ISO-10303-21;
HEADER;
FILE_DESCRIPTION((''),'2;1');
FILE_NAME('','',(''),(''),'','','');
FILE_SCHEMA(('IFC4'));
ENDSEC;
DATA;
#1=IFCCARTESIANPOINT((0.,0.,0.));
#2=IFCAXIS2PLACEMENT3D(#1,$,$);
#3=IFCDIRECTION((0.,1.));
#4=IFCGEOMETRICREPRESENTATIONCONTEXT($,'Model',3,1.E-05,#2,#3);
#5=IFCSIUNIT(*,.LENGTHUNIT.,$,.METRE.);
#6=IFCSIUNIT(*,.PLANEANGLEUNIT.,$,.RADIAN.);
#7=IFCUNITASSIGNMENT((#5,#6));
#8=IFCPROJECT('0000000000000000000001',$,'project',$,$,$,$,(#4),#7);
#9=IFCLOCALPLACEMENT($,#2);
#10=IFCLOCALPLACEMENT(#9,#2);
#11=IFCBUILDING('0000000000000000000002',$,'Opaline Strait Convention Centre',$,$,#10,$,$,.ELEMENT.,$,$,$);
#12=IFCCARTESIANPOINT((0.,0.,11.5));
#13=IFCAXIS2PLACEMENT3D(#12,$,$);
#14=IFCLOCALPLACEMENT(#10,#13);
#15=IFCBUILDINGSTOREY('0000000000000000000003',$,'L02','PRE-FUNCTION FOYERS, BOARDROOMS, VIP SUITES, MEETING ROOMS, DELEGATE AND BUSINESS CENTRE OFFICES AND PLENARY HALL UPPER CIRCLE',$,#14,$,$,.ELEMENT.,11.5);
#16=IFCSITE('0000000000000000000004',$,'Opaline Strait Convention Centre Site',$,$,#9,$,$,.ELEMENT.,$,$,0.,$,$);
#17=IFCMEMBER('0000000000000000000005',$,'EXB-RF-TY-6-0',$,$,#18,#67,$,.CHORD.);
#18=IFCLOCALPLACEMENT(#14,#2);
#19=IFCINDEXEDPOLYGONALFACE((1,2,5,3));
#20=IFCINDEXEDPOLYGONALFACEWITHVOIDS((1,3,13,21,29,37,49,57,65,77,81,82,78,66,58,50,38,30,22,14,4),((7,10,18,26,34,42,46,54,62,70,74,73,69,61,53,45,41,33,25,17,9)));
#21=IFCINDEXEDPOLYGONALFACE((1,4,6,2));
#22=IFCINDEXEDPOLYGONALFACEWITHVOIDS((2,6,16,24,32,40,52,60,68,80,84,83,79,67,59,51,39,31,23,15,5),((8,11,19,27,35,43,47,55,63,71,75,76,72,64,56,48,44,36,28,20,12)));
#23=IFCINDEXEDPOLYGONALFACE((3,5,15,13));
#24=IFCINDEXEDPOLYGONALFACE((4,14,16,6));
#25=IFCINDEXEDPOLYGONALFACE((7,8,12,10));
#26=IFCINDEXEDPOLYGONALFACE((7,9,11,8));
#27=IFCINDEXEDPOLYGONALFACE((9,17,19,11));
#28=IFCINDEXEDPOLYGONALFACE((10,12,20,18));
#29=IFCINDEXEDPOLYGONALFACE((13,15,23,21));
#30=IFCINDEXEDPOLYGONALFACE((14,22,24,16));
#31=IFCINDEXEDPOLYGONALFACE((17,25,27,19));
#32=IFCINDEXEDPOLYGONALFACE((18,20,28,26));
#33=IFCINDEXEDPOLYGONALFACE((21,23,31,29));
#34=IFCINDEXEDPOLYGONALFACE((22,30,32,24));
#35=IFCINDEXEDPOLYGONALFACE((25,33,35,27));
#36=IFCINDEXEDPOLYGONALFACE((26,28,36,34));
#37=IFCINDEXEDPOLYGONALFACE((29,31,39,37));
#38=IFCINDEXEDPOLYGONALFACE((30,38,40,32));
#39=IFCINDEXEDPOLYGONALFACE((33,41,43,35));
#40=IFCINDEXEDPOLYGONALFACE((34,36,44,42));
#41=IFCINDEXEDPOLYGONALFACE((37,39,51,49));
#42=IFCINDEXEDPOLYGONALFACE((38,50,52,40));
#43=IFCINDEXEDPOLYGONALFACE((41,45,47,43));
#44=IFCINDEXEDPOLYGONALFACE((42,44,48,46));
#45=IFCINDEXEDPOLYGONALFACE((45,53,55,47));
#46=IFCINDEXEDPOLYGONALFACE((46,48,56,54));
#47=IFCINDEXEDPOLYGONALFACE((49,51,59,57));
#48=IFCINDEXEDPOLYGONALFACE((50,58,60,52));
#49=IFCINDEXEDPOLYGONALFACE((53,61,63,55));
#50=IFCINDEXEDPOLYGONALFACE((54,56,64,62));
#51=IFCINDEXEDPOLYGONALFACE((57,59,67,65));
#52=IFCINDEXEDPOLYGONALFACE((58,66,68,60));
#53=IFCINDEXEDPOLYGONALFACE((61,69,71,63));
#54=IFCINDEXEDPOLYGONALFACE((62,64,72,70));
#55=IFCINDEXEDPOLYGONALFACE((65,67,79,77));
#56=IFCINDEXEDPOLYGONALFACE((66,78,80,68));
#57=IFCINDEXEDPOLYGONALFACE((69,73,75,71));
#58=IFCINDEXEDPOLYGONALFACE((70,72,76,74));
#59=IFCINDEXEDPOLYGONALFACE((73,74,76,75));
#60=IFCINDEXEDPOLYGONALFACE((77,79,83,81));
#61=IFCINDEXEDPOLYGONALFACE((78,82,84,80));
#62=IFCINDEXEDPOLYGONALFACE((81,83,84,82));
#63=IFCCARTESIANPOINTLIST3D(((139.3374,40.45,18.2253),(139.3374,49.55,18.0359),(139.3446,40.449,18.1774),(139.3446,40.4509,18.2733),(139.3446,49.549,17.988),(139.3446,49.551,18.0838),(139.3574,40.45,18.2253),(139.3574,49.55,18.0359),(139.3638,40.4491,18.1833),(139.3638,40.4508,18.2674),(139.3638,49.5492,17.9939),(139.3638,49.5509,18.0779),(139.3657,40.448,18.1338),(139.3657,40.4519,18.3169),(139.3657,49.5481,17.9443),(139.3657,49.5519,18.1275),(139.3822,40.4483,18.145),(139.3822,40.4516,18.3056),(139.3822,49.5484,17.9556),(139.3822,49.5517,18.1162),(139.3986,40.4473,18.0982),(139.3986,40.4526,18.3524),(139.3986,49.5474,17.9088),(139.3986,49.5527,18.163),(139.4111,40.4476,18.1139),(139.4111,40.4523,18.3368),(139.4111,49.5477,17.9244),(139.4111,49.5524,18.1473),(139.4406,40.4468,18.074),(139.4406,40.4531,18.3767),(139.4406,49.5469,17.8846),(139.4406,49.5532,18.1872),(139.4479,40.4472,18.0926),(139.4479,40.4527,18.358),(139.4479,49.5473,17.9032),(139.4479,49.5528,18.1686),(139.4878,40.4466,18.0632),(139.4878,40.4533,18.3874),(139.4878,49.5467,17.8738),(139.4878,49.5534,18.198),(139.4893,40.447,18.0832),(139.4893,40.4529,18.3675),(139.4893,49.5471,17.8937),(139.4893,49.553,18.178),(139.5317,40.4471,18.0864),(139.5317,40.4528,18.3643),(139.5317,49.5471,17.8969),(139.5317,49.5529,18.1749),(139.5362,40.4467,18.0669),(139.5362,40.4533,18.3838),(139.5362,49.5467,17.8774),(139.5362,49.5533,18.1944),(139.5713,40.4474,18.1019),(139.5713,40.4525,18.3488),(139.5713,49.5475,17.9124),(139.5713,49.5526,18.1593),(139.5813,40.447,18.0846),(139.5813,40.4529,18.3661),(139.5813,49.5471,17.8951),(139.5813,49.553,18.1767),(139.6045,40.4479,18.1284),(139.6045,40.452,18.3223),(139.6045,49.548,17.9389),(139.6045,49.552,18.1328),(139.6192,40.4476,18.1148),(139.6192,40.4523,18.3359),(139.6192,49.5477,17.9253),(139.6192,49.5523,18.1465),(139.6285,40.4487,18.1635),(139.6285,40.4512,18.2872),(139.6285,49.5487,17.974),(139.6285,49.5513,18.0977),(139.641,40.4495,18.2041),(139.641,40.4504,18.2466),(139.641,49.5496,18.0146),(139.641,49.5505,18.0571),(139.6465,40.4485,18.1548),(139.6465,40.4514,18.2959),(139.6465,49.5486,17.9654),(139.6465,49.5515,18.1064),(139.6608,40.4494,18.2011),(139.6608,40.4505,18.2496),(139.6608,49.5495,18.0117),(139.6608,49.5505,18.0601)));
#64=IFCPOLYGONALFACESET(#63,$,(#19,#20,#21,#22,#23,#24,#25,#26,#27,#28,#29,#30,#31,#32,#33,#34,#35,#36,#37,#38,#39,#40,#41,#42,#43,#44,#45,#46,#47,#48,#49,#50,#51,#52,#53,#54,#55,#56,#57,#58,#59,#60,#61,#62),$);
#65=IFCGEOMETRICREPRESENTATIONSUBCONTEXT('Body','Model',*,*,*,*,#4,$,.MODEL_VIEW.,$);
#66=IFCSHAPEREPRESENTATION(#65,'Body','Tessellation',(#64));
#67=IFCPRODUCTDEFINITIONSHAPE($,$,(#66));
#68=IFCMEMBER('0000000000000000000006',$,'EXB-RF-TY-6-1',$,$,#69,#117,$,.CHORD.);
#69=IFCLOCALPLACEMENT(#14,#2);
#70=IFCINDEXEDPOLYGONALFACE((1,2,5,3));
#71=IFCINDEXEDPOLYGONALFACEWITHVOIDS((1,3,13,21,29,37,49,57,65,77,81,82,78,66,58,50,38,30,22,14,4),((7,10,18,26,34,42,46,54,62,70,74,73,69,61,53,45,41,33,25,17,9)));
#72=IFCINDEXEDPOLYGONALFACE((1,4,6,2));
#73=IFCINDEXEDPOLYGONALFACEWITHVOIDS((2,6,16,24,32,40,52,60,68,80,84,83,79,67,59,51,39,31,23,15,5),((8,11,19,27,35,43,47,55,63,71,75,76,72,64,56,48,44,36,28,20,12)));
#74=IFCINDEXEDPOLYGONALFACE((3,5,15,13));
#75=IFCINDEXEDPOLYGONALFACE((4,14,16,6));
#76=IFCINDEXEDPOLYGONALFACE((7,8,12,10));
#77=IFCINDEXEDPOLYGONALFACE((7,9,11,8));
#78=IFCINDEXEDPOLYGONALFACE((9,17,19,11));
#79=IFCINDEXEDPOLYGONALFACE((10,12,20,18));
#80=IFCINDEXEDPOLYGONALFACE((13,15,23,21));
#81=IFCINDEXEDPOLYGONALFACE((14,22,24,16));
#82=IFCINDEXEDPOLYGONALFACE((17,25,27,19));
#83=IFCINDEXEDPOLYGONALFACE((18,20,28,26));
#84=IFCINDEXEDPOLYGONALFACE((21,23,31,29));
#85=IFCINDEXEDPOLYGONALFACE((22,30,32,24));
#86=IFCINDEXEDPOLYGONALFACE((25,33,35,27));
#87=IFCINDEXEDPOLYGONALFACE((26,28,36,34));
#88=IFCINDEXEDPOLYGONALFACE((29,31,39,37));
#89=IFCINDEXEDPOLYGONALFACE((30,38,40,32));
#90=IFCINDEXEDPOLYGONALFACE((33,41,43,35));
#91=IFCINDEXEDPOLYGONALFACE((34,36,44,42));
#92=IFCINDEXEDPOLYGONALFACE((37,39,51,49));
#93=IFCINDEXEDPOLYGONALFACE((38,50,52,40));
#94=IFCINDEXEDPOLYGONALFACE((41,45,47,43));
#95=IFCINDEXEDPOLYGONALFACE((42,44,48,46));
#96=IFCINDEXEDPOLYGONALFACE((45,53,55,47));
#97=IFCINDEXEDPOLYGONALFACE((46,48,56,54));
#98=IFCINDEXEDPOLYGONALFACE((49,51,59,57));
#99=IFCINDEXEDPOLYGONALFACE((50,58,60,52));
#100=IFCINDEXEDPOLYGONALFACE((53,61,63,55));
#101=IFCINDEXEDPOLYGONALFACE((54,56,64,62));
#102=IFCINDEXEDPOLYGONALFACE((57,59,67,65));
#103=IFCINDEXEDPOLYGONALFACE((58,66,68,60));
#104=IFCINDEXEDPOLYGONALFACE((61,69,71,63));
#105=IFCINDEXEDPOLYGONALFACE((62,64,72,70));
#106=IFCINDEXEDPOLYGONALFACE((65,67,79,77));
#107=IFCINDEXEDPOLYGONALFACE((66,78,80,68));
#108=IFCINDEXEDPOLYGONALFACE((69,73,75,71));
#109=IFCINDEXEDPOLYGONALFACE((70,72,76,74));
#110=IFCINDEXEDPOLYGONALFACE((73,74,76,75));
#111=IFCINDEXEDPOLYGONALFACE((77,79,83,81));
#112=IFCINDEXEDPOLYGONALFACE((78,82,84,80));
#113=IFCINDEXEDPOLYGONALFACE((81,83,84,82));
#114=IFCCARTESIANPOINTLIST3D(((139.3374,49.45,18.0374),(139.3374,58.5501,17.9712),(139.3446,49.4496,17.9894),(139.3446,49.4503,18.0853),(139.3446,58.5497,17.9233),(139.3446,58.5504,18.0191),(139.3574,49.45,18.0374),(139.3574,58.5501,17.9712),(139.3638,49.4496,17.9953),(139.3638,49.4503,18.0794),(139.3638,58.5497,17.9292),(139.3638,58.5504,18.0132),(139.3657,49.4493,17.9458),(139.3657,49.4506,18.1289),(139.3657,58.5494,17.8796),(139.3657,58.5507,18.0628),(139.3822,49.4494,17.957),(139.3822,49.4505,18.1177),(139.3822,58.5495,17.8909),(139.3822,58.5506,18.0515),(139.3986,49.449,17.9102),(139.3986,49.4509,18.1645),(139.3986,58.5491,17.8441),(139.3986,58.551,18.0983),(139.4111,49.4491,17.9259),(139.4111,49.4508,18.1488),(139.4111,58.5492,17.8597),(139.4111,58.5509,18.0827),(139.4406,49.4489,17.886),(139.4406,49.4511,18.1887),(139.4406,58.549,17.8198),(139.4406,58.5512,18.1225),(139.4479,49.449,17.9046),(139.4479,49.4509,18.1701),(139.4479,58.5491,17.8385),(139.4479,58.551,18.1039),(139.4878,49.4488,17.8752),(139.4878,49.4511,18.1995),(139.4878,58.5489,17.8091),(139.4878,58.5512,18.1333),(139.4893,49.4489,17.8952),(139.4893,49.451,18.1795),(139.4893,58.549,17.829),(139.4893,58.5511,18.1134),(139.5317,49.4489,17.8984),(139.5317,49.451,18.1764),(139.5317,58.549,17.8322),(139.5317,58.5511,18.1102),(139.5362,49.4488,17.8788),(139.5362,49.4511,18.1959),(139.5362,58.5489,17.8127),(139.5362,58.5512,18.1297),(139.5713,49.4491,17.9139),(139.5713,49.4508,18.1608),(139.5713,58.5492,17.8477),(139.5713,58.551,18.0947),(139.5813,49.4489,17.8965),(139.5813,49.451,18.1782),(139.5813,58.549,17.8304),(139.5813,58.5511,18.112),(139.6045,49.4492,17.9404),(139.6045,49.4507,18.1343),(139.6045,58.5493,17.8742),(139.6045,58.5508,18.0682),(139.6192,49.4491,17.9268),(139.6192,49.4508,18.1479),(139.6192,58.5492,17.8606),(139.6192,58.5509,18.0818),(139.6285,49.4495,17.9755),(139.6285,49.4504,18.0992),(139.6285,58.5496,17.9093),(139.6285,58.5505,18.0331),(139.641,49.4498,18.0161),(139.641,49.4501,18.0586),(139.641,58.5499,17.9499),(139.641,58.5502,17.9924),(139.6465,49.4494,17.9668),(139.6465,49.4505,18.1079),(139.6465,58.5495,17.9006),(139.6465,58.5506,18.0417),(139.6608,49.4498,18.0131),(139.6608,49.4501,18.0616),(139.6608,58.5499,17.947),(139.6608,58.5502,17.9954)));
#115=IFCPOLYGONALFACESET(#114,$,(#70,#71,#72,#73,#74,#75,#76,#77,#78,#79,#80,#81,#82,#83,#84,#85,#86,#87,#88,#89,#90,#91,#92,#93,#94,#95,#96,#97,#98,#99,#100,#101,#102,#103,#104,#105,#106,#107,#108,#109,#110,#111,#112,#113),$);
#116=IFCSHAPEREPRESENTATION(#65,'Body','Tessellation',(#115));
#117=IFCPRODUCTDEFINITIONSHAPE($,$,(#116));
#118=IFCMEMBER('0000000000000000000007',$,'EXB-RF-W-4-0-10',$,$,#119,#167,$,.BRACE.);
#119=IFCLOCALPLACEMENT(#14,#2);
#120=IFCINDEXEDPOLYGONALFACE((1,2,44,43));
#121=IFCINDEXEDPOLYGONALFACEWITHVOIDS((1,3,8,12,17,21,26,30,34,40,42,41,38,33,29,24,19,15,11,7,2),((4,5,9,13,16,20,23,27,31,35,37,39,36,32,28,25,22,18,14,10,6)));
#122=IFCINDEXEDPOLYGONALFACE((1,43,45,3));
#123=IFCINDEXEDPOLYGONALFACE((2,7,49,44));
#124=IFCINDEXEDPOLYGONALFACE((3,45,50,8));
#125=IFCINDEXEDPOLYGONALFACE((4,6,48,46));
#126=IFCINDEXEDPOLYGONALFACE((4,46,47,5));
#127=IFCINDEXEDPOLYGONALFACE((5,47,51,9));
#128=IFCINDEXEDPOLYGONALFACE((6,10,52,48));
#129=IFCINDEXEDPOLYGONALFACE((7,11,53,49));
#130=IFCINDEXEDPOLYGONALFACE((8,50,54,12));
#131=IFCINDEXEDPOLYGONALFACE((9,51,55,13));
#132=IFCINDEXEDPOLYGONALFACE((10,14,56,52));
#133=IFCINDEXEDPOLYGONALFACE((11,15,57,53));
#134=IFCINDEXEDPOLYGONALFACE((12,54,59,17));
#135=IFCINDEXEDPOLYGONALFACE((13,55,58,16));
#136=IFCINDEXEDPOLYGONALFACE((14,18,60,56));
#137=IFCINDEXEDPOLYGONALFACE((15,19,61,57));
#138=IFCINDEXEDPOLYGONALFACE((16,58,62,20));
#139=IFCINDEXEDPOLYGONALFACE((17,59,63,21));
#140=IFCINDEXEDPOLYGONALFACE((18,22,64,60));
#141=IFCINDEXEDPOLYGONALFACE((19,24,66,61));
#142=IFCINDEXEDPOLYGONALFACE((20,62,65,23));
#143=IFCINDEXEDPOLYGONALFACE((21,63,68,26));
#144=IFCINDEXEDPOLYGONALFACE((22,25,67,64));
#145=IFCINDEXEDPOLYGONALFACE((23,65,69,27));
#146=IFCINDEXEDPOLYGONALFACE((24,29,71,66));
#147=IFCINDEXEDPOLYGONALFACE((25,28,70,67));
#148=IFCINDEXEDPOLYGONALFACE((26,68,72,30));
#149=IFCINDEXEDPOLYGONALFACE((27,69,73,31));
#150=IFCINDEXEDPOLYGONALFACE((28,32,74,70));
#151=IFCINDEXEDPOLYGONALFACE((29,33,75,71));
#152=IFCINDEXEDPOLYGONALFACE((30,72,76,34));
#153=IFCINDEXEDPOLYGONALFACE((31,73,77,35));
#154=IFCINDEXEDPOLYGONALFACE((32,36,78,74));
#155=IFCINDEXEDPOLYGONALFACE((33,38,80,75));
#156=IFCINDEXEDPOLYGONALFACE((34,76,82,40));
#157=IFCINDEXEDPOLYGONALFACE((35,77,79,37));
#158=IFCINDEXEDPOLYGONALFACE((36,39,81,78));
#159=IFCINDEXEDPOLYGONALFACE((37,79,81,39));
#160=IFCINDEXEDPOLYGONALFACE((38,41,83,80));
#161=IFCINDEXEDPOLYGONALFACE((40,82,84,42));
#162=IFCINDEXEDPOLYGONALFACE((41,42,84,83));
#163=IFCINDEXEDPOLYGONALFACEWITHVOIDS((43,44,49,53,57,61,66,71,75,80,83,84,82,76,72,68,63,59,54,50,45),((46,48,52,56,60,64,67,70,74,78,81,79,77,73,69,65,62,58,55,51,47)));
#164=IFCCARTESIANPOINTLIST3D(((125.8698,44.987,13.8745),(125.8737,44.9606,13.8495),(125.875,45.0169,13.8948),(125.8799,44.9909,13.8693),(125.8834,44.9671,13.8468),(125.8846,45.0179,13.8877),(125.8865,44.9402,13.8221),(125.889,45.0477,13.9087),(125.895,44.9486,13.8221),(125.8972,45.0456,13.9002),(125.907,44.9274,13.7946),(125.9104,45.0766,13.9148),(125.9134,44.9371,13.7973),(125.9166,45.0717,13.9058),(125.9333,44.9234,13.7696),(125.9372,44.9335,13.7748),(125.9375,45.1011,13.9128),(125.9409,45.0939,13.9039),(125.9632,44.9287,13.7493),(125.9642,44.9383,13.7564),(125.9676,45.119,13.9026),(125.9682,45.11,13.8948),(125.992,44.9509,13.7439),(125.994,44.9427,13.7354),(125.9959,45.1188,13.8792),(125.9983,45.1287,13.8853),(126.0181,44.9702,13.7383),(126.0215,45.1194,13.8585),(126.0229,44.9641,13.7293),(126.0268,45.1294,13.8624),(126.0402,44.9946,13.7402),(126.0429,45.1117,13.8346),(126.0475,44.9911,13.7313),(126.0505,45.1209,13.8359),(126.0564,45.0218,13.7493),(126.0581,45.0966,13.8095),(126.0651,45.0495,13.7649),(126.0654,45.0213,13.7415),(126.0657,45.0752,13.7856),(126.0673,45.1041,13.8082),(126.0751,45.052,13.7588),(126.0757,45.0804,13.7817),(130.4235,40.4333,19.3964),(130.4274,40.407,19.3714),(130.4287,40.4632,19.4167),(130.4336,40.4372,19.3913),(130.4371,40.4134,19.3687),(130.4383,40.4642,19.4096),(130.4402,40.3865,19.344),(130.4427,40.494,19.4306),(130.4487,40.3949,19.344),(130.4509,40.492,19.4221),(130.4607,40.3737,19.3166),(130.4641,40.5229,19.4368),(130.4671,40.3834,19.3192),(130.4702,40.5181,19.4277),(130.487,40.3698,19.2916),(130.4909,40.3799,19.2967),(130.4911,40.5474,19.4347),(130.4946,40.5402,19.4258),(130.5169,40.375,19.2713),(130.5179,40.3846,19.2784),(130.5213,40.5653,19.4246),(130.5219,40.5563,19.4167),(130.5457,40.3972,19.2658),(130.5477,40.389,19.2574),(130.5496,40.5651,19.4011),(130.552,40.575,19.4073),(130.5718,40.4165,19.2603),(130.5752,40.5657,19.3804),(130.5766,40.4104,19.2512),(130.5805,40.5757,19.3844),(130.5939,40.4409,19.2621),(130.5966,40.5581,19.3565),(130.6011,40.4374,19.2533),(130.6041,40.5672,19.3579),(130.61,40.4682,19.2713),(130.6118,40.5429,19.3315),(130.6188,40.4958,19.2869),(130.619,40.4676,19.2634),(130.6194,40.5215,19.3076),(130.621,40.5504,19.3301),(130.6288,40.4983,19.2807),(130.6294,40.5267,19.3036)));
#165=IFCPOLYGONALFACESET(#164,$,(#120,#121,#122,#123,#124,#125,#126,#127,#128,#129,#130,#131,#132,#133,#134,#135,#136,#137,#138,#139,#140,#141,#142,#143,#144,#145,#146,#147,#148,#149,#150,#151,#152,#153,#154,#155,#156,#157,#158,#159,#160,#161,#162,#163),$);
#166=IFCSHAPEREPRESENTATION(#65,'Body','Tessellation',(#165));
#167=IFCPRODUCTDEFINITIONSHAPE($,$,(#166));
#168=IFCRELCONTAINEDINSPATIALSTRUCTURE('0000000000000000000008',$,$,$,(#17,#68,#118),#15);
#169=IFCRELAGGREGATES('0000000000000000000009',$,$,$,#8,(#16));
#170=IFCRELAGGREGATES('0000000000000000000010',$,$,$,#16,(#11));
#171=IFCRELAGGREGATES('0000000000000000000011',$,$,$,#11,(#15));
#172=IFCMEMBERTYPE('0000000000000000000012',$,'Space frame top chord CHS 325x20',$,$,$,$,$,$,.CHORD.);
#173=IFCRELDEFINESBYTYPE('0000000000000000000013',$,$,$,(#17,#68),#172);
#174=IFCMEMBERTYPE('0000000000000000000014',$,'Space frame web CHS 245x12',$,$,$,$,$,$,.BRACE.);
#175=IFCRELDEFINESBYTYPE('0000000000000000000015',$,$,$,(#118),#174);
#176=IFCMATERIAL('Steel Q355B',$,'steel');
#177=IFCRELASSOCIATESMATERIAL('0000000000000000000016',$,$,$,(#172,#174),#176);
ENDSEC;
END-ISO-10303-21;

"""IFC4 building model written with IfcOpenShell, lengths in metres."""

from ifc_helpers import new_model, si_unit, direction, frame, origin, origin_2d, place, context, subcontext, project, spatial, hollow_circle, extrude, material, material_profile, profile_set, type_object, element, save


model = new_model("IFC4")

# Units and contexts
model_context = context("Model", 3, precision=1e-05, world=origin(), true_north=direction((0.0, 1.0)))
body_context = subcontext(model_context, "Body", "Model", "MODEL_VIEW")
ifc_project = project(units=[si_unit("LENGTHUNIT", "METRE"), si_unit("PLANEANGLEUNIT", "RADIAN")], contexts=[model_context])

# Site, building, storey
site_placement = place(None, origin())
site = spatial("IfcSite", under=ifc_project, at=site_placement, Name="Opaline Strait Convention Centre Site", CompositionType="ELEMENT", RefElevation=0.0)
building_placement = place(site_placement, origin())
building = spatial("IfcBuilding", under=site, at=building_placement, Name="Opaline Strait Convention Centre", CompositionType="ELEMENT")
storey_placement = place(building_placement, frame((0.0, 0.0, 11.5)))
storey = spatial("IfcBuildingStorey", under=building, at=storey_placement, Name="L02", Description="PRE-FUNCTION FOYERS, BOARDROOMS, VIP SUITES, MEETING ROOMS, DELEGATE AND BUSINESS CENTRE OFFICES AND PLENARY HALL UPPER CIRCLE", CompositionType="ELEMENT", Elevation=11.5)

# Members
ifc_material_1 = material(Name="Steel Q355B", Category="steel")
ifc_material_profile_1 = material_profile(ifc_material_1, hollow_circle(Radius=0.1626, WallThickness=0.02, at=origin_2d()), Name="CHS 325x20")
ifc_profile_set_1 = profile_set([ifc_material_profile_1], Name="Steel Q355B")
member_type_1 = type_object("IfcMemberType", Name="Space frame top chord CHS 325x20", PredefinedType="CHORD", material=ifc_profile_set_1)
member_1_placement = place(storey_placement, frame((139.5, 40.45, 18.2253), z_axis=(0.0, 0.999783, -0.020814), x_axis=(-1.0, 0.0, 0.0)))
element("IfcMember", 1, at=member_1_placement, inside=storey, type_object=member_type_1, Name="EXB-RF-TY-6-0", PredefinedType="CHORD", context=body_context, shape_type="SweptSolid", body=[
    extrude(hollow_circle(Radius=0.1626, WallThickness=0.02, at=origin_2d()), origin(), (0.0, 0.0, 1.0), 9.1021),
])
member_2_placement = place(storey_placement, frame((139.5, 49.45, 18.0374), z_axis=(0.0, 0.999974, -0.00727), x_axis=(-1.0, 0.0, 0.0)))
element("IfcMember", 2, at=member_2_placement, inside=storey, type_object=member_type_1, Name="EXB-RF-TY-6-1", PredefinedType="CHORD", context=body_context, shape_type="SweptSolid", body=[
    extrude(hollow_circle(Radius=0.1626, WallThickness=0.02, at=origin_2d()), origin(), (0.0, 0.0, 1.0), 9.1003),
])
ifc_material_profile_2 = material_profile(ifc_material_1, hollow_circle(Radius=0.1226, WallThickness=0.012, at=origin_2d()), Name="CHS 245x12")
ifc_profile_set_2 = profile_set([ifc_material_profile_2], Name="Steel Q355B")
member_type_2 = type_object("IfcMemberType", Name="Space frame web CHS 245x12", PredefinedType="BRACE", material=ifc_profile_set_2)
member_3_placement = place(storey_placement, frame((130.5269, 40.4731, 19.344), z_axis=(-0.536791, 0.536791, -0.65093), x_axis=(-0.707107, -0.707107, 0.0)))
element("IfcMember", 3, at=member_3_placement, inside=storey, type_object=member_type_2, Name="EXB-RF-W-4-0-10", PredefinedType="BRACE", context=body_context, shape_type="SweptSolid", body=[
    extrude(hollow_circle(Radius=0.1226, WallThickness=0.012, at=origin_2d()), origin(), (0.0, 0.0, 1.0), 8.4832),
])

save(model, "model.ifc")
